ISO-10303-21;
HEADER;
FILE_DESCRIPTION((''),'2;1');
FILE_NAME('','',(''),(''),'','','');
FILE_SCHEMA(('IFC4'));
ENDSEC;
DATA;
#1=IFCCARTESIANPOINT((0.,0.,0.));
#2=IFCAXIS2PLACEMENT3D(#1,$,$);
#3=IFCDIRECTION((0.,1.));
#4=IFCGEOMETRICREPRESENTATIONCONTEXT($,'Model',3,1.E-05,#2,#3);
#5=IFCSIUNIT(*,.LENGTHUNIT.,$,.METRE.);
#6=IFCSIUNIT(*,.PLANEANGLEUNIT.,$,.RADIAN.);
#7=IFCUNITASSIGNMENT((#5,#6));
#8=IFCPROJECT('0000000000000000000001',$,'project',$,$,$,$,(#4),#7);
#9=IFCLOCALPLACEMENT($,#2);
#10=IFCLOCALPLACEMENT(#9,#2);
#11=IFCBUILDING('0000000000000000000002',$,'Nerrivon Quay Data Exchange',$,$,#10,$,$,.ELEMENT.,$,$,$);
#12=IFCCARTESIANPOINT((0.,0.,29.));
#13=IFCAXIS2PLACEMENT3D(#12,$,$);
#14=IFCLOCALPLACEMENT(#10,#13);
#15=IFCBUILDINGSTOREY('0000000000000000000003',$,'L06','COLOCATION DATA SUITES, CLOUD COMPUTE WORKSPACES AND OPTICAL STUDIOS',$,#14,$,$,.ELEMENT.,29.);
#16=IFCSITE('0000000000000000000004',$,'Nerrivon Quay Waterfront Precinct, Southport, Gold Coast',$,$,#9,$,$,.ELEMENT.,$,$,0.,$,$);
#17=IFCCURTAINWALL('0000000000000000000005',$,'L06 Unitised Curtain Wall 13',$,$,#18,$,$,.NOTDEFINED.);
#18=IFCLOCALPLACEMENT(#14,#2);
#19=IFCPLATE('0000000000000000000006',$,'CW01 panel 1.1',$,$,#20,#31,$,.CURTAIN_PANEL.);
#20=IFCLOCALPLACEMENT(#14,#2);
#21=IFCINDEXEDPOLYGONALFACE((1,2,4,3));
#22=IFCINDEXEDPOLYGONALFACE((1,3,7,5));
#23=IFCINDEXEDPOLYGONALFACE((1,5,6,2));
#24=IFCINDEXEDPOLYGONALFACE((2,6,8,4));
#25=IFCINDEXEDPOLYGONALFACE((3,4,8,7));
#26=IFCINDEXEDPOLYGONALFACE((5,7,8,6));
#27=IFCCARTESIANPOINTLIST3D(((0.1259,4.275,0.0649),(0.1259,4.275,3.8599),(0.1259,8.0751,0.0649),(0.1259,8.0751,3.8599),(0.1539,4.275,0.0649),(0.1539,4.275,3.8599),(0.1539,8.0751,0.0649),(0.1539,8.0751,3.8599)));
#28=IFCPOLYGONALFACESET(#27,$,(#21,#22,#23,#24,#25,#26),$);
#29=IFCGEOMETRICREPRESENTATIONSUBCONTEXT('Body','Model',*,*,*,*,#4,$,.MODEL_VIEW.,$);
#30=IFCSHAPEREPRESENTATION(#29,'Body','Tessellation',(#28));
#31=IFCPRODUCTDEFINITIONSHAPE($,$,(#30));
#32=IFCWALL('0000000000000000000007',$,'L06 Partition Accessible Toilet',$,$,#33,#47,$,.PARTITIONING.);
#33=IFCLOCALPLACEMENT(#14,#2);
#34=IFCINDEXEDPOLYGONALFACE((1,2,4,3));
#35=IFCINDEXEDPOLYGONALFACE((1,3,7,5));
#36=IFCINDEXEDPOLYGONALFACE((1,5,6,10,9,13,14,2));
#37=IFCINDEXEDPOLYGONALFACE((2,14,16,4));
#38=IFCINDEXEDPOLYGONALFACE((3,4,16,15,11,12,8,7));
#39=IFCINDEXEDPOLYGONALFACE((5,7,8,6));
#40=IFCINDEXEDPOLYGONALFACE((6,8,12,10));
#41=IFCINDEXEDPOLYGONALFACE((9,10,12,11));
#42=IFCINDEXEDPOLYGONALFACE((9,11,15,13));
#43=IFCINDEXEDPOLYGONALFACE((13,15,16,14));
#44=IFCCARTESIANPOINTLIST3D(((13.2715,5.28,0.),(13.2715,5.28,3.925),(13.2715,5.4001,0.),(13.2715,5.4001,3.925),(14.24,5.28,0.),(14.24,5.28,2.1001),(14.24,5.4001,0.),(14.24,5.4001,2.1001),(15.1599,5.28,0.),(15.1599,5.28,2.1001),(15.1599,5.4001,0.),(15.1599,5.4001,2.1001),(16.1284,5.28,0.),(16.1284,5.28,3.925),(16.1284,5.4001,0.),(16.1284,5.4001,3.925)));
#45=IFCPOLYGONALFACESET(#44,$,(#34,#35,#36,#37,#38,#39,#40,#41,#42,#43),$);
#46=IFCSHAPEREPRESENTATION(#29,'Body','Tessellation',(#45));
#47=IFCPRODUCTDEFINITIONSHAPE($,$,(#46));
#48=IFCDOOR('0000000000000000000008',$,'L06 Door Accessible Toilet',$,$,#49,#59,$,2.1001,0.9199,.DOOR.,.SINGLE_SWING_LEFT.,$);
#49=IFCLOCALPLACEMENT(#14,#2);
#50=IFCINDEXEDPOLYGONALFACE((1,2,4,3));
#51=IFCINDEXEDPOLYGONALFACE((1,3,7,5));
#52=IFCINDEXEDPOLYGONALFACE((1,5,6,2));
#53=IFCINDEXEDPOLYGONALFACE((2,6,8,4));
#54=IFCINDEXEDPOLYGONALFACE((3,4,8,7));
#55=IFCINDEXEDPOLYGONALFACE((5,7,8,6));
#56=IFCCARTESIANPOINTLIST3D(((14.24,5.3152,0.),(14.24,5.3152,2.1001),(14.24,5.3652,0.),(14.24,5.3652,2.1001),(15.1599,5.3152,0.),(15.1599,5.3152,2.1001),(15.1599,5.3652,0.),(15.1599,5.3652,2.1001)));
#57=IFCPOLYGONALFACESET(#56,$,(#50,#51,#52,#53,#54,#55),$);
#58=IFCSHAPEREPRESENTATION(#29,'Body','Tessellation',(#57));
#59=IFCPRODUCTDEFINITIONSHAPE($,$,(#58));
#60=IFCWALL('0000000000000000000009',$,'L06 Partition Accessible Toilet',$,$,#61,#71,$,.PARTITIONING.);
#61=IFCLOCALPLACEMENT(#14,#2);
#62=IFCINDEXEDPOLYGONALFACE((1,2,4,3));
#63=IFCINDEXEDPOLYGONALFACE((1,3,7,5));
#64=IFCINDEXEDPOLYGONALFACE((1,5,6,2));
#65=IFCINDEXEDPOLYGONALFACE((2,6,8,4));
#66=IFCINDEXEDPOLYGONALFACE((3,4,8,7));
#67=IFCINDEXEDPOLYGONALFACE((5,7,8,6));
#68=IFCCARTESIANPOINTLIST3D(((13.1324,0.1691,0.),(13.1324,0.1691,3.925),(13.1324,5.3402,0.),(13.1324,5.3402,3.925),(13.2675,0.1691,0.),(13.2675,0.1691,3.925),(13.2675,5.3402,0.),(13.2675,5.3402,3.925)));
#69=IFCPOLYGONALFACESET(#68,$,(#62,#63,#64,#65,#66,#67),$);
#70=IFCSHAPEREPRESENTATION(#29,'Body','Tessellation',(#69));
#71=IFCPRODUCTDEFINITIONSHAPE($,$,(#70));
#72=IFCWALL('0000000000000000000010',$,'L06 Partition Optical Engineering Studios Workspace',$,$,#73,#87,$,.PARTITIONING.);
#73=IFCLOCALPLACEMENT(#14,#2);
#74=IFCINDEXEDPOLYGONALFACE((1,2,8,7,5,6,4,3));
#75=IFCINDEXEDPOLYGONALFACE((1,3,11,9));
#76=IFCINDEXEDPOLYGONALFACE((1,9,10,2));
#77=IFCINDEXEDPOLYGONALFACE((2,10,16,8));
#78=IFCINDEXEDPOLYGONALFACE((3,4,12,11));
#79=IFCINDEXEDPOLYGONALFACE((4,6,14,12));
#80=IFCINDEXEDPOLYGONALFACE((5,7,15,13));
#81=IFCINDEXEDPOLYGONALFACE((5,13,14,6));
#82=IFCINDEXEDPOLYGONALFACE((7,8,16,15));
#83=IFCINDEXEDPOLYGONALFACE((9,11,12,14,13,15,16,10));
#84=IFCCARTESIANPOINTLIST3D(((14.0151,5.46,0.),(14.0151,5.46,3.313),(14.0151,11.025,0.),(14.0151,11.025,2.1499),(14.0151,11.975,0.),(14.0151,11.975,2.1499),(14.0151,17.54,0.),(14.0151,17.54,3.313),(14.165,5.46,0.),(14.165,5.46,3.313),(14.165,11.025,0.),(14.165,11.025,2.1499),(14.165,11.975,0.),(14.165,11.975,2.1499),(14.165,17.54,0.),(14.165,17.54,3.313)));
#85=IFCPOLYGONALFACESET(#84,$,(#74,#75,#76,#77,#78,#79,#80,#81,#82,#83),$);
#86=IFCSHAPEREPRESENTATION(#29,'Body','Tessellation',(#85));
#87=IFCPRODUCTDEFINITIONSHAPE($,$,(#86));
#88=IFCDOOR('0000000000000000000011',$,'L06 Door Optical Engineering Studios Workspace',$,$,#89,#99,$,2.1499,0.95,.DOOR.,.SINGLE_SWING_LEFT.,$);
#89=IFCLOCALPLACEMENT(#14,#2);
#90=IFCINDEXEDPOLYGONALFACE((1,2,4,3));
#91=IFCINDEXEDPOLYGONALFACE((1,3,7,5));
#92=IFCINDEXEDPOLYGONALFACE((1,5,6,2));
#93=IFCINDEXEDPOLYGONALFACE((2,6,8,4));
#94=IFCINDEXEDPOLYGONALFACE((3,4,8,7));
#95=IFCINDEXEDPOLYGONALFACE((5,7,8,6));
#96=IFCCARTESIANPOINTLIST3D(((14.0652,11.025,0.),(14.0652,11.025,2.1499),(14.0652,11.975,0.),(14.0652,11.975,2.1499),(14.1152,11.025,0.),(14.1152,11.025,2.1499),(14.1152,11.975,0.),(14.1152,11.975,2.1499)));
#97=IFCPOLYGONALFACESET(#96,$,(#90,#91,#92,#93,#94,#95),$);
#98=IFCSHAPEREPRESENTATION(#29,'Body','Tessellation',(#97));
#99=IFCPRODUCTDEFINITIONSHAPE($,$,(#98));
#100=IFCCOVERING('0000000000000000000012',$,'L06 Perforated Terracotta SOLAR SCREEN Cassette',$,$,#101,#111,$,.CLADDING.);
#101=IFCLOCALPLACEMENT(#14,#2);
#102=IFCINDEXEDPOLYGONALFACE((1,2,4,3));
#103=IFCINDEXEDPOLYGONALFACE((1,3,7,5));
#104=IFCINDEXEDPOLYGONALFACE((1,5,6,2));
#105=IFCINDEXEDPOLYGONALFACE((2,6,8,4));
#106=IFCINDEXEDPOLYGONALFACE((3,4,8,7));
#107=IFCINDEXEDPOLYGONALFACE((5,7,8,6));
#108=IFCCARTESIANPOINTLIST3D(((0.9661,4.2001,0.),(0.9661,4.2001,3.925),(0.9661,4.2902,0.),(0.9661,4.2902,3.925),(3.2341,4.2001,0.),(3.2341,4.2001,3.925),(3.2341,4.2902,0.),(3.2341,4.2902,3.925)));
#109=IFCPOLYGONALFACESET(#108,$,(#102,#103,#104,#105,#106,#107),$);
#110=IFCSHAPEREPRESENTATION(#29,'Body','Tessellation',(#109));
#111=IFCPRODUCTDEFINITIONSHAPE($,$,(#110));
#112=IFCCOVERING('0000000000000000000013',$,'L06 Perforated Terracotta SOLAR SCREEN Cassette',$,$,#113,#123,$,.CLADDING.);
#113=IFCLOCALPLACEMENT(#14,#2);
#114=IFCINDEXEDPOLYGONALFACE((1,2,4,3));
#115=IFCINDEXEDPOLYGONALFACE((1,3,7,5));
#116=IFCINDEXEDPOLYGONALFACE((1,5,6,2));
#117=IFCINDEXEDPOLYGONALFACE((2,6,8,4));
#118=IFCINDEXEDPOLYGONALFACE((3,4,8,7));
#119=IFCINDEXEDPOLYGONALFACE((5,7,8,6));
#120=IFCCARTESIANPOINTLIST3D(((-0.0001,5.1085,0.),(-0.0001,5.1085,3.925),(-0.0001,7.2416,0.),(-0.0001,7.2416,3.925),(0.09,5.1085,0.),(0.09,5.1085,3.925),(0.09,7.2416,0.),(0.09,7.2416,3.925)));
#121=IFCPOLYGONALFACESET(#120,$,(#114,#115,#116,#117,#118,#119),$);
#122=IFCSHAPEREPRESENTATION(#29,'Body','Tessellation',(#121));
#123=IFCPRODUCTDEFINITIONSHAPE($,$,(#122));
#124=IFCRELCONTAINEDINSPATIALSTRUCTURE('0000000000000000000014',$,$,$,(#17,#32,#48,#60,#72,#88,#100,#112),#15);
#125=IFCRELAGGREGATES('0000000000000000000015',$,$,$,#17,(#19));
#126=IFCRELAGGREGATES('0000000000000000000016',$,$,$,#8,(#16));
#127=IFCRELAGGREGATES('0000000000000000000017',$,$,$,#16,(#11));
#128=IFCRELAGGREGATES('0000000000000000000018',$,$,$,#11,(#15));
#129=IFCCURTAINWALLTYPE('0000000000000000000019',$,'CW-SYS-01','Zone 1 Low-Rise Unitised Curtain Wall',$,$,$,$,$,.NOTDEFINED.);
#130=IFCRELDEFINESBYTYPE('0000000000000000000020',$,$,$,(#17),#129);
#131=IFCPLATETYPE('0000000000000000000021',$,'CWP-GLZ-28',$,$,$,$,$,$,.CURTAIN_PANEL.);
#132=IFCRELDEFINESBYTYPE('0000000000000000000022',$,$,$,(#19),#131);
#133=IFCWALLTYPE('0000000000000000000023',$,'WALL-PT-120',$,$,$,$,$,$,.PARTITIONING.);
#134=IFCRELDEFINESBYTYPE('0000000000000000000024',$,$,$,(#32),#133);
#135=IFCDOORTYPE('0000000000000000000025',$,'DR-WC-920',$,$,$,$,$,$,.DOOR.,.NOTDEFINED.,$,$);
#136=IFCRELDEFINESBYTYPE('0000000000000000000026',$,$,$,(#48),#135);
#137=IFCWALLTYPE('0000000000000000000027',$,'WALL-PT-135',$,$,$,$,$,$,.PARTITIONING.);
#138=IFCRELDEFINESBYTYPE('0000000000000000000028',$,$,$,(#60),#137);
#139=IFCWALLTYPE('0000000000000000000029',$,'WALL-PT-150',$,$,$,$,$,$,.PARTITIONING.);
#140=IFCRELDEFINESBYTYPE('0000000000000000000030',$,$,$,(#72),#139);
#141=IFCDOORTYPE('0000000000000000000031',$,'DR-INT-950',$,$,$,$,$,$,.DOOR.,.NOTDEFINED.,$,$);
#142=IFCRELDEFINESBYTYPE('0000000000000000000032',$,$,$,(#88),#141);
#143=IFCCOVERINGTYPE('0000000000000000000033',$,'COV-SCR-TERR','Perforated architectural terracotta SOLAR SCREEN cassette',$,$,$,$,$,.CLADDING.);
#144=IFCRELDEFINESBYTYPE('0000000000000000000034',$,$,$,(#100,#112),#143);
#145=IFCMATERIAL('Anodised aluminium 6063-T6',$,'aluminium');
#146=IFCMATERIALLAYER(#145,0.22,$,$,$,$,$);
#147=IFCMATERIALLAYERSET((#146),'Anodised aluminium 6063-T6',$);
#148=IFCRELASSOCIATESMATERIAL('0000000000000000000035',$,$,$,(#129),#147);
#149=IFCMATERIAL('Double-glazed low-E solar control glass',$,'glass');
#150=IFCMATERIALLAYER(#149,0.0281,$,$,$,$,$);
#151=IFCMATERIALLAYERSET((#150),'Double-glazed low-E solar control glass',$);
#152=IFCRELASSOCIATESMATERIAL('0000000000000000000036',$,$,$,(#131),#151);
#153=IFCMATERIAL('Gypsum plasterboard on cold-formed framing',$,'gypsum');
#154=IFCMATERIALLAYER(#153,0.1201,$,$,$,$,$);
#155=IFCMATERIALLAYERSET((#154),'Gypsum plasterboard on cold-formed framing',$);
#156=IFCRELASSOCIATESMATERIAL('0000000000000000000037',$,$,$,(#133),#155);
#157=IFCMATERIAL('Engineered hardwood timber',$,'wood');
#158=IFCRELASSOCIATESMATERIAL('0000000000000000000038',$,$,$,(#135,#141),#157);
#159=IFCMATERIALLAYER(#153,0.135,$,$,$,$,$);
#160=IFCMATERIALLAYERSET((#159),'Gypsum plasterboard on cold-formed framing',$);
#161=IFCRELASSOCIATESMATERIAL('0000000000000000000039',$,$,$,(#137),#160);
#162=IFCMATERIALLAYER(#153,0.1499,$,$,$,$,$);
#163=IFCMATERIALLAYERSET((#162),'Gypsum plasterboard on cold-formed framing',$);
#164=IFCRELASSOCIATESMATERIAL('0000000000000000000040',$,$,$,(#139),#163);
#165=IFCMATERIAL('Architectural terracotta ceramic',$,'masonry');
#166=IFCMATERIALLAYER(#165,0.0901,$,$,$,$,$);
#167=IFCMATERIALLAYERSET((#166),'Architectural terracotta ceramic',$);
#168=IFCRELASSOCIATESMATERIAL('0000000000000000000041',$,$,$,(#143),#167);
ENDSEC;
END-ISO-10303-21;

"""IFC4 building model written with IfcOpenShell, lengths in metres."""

from ifc_helpers import new_model, si_unit, direction, frame, frame_2d, origin, origin_2d, place, context, subcontext, project, spatial, rectangle, extrude, material, layer, layer_set, type_object, element, fill, aggregate, save


model = new_model("IFC4")

# Units and contexts
model_context = context("Model", 3, precision=1e-05, world=origin(), true_north=direction((0.0, 1.0)))
body_context = subcontext(model_context, "Body", "Model", "MODEL_VIEW")
ifc_project = project(units=[si_unit("LENGTHUNIT", "METRE"), si_unit("PLANEANGLEUNIT", "RADIAN")], contexts=[model_context])

# Site, building, storey
site_placement = place(None, origin())
site = spatial("IfcSite", under=ifc_project, at=site_placement, Name="Nerrivon Quay Waterfront Precinct, Southport, Gold Coast", CompositionType="ELEMENT", RefElevation=0.0)
building_placement = place(site_placement, origin())
building = spatial("IfcBuilding", under=site, at=building_placement, Name="Nerrivon Quay Data Exchange", CompositionType="ELEMENT")
storey_placement = place(building_placement, frame((0.0, 0.0, 29.0)))
storey = spatial("IfcBuildingStorey", under=building, at=storey_placement, Name="L06", Description="COLOCATION DATA SUITES, CLOUD COMPUTE WORKSPACES AND OPTICAL STUDIOS", CompositionType="ELEMENT", Elevation=29.0)

# Shared definitions
ifc_material_1 = material(Name="Anodised aluminium 6063-T6", Category="aluminium")
ifc_layer_1 = layer(ifc_material_1, 0.22)
ifc_layer_set_1 = layer_set([ifc_layer_1], Name="Anodised aluminium 6063-T6")
curtain_wall_type = type_object("IfcCurtainWallType", Name="CW-SYS-01", Description="Zone 1 Low-Rise Unitised Curtain Wall", PredefinedType="NOTDEFINED", material=ifc_layer_set_1)

# Curtain wall
curtain_wall_1_placement = place(storey_placement, origin())
curtain_wall_1 = element("IfcCurtainWall", 1, at=curtain_wall_1_placement, inside=storey, type_object=curtain_wall_type, Name="L06 Unitised Curtain Wall 13", PredefinedType="NOTDEFINED")

# Plate
ifc_material_2 = material(Name="Double-glazed low-E solar control glass", Category="glass")
ifc_layer_2 = layer(ifc_material_2, 0.0281)
ifc_layer_set_2 = layer_set([ifc_layer_2], Name="Double-glazed low-E solar control glass")
plate_type = type_object("IfcPlateType", Name="CWP-GLZ-28", PredefinedType="CURTAIN_PANEL", material=ifc_layer_set_2)
plate_1_placement = place(storey_placement, frame((0.1399, 6.175, 0.0649), z_axis=(0.0, 0.0, 1.0), x_axis=(0.0, 1.0, 0.0)))
plate_1 = element("IfcPlate", 2, at=plate_1_placement, type_object=plate_type, Name="CW01 panel 1.1", PredefinedType="CURTAIN_PANEL", context=body_context, shape_type="SweptSolid", body=[
    extrude(rectangle(XDim=3.8, YDim=0.0281, at=origin_2d()), origin(), (0.0, 0.0, 1.0), 3.7949),
])
aggregate(curtain_wall_1, [plate_1])

# Wall, opening, door
ifc_material_3 = material(Name="Gypsum plasterboard on cold-formed framing", Category="gypsum")
ifc_layer_3 = layer(ifc_material_3, 0.1201)
ifc_layer_set_3 = layer_set([ifc_layer_3], Name="Gypsum plasterboard on cold-formed framing")
wall_type_1 = type_object("IfcWallType", Name="WALL-PT-120", PredefinedType="PARTITIONING", material=ifc_layer_set_3)
wall_1_placement = place(storey_placement, frame((16.1284, 5.3401, 0.0), z_axis=(0.0, 0.0, 1.0), x_axis=(-1.0, 0.0, 0.0)))
wall_1 = element("IfcWall", 3, at=wall_1_placement, inside=storey, type_object=wall_type_1, Name="L06 Partition Accessible Toilet", PredefinedType="PARTITIONING", context=body_context, shape_type="SweptSolid", body=[
    extrude(rectangle(XDim=2.8569, YDim=0.1201, at=frame_2d((1.4285, 0.0))), origin(), (0.0, 0.0, 1.0), 3.925),
])
opening_1_placement = place(wall_1_placement, frame((0.9685, 0.0, 0.0)))
opening_1 = element("IfcOpeningElement", 4, at=opening_1_placement, cuts=wall_1, PredefinedType="OPENING", context=body_context, shape_type="SweptSolid", body=[
    extrude(rectangle(XDim=0.9199, YDim=2.1001, at=frame_2d((0.46, 1.05))), frame((0.0, 0.0701, 0.0), z_axis=(0.0, -1.0, 0.0), x_axis=(1.0, 0.0, 0.0)), (0.0, 0.0, 1.0), 0.1401),
])
ifc_material_4 = material(Name="Engineered hardwood timber", Category="wood")
door_type_1 = type_object("IfcDoorType", Name="DR-WC-920", OperationType="NOTDEFINED", PredefinedType="DOOR", material=ifc_material_4)
door_1_placement = place(opening_1_placement, origin())
door_1 = element("IfcDoor", 5, at=door_1_placement, inside=storey, type_object=door_type_1, Name="L06 Door Accessible Toilet", OperationType="SINGLE_SWING_LEFT", OverallHeight=2.1001, OverallWidth=0.9199, PredefinedType="DOOR", context=body_context, shape_type="SweptSolid", body=[
    extrude(rectangle(XDim=0.9199, YDim=2.1001, at=frame_2d((0.46, 1.05))), frame((0.0, 0.0249, 0.0), z_axis=(0.0, -1.0, 0.0), x_axis=(1.0, 0.0, 0.0)), (0.0, 0.0, 1.0), 0.05),
])
fill(opening_1, door_1)

# Wall
ifc_layer_4 = layer(ifc_material_3, 0.135)
ifc_layer_set_4 = layer_set([ifc_layer_4], Name="Gypsum plasterboard on cold-formed framing")
wall_type_2 = type_object("IfcWallType", Name="WALL-PT-135", PredefinedType="PARTITIONING", material=ifc_layer_set_4)
wall_2_placement = place(storey_placement, frame((13.2, 5.3401, 0.0), z_axis=(0.0, 0.0, 1.0), x_axis=(0.0, -1.0, 0.0)))
element("IfcWall", 6, at=wall_2_placement, inside=storey, type_object=wall_type_2, Name="L06 Partition Accessible Toilet", PredefinedType="PARTITIONING", context=body_context, shape_type="SweptSolid", body=[
    extrude(rectangle(XDim=5.1711, YDim=0.135, at=frame_2d((2.5854, 0.0))), origin(), (0.0, 0.0, 1.0), 3.925),
])

# Wall, opening, door
ifc_layer_5 = layer(ifc_material_3, 0.1499)
ifc_layer_set_5 = layer_set([ifc_layer_5], Name="Gypsum plasterboard on cold-formed framing")
wall_type_3 = type_object("IfcWallType", Name="WALL-PT-150", PredefinedType="PARTITIONING", material=ifc_layer_set_5)
wall_3_placement = place(storey_placement, frame((14.0901, 5.46, 0.0), z_axis=(0.0, 0.0, 1.0), x_axis=(0.0, 1.0, 0.0)))
wall_3 = element("IfcWall", 7, at=wall_3_placement, inside=storey, type_object=wall_type_3, Name="L06 Partition Optical Engineering Studios Workspace", PredefinedType="PARTITIONING", context=body_context, shape_type="SweptSolid", body=[
    extrude(rectangle(XDim=12.0801, YDim=0.1499, at=frame_2d((6.04, 0.0))), origin(), (0.0, 0.0, 1.0), 3.313),
])
opening_2_placement = place(wall_3_placement, frame((5.5649, 0.0, 0.0)))
opening_2 = element("IfcOpeningElement", 8, at=opening_2_placement, cuts=wall_3, PredefinedType="OPENING", context=body_context, shape_type="SweptSolid", body=[
    extrude(rectangle(XDim=0.95, YDim=2.1499, at=frame_2d((0.4751, 1.075))), frame((0.0, 0.085, 0.0), z_axis=(0.0, -1.0, 0.0), x_axis=(1.0, 0.0, 0.0)), (0.0, 0.0, 1.0), 0.1699),
])
door_type_2 = type_object("IfcDoorType", Name="DR-INT-950", OperationType="NOTDEFINED", PredefinedType="DOOR", material=ifc_material_4)
door_2_placement = place(opening_2_placement, origin())
door_2 = element("IfcDoor", 9, at=door_2_placement, inside=storey, type_object=door_type_2, Name="L06 Door Optical Engineering Studios Workspace", OperationType="SINGLE_SWING_LEFT", OverallHeight=2.1499, OverallWidth=0.95, PredefinedType="DOOR", context=body_context, shape_type="SweptSolid", body=[
    extrude(rectangle(XDim=0.95, YDim=2.1499, at=frame_2d((0.4751, 1.075))), frame((0.0, 0.0249, 0.0), z_axis=(0.0, -1.0, 0.0), x_axis=(1.0, 0.0, 0.0)), (0.0, 0.0, 1.0), 0.05),
])
fill(opening_2, door_2)

# Coverings
ifc_material_5 = material(Name="Architectural terracotta ceramic", Category="masonry")
ifc_layer_6 = layer(ifc_material_5, 0.0901)
ifc_layer_set_6 = layer_set([ifc_layer_6], Name="Architectural terracotta ceramic")
covering_type = type_object("IfcCoveringType", Name="COV-SCR-TERR", Description="Perforated architectural terracotta SOLAR SCREEN cassette", PredefinedType="CLADDING", material=ifc_layer_set_6)
covering_1_placement = place(storey_placement, frame((2.1001, 4.2451, 0.0), z_axis=(0.0, 0.0, 1.0), x_axis=(-1.0, 0.0, 0.0)))
element("IfcCovering", 10, at=covering_1_placement, inside=storey, type_object=covering_type, Name="L06 Perforated Terracotta SOLAR SCREEN Cassette", PredefinedType="CLADDING", context=body_context, shape_type="SweptSolid", body=[
    extrude(rectangle(XDim=2.2681, YDim=0.0901, at=origin_2d()), origin(), (0.0, 0.0, 1.0), 3.925),
])
covering_2_placement = place(storey_placement, frame((0.0449, 6.175, 0.0), z_axis=(0.0, 0.0, 1.0), x_axis=(0.0, 1.0, 0.0)))
element("IfcCovering", 11, at=covering_2_placement, inside=storey, type_object=covering_type, Name="L06 Perforated Terracotta SOLAR SCREEN Cassette", PredefinedType="CLADDING", context=body_context, shape_type="SweptSolid", body=[
    extrude(rectangle(XDim=2.1331, YDim=0.0901, at=origin_2d()), origin(), (0.0, 0.0, 1.0), 3.925),
])

save(model, "model.ifc")
